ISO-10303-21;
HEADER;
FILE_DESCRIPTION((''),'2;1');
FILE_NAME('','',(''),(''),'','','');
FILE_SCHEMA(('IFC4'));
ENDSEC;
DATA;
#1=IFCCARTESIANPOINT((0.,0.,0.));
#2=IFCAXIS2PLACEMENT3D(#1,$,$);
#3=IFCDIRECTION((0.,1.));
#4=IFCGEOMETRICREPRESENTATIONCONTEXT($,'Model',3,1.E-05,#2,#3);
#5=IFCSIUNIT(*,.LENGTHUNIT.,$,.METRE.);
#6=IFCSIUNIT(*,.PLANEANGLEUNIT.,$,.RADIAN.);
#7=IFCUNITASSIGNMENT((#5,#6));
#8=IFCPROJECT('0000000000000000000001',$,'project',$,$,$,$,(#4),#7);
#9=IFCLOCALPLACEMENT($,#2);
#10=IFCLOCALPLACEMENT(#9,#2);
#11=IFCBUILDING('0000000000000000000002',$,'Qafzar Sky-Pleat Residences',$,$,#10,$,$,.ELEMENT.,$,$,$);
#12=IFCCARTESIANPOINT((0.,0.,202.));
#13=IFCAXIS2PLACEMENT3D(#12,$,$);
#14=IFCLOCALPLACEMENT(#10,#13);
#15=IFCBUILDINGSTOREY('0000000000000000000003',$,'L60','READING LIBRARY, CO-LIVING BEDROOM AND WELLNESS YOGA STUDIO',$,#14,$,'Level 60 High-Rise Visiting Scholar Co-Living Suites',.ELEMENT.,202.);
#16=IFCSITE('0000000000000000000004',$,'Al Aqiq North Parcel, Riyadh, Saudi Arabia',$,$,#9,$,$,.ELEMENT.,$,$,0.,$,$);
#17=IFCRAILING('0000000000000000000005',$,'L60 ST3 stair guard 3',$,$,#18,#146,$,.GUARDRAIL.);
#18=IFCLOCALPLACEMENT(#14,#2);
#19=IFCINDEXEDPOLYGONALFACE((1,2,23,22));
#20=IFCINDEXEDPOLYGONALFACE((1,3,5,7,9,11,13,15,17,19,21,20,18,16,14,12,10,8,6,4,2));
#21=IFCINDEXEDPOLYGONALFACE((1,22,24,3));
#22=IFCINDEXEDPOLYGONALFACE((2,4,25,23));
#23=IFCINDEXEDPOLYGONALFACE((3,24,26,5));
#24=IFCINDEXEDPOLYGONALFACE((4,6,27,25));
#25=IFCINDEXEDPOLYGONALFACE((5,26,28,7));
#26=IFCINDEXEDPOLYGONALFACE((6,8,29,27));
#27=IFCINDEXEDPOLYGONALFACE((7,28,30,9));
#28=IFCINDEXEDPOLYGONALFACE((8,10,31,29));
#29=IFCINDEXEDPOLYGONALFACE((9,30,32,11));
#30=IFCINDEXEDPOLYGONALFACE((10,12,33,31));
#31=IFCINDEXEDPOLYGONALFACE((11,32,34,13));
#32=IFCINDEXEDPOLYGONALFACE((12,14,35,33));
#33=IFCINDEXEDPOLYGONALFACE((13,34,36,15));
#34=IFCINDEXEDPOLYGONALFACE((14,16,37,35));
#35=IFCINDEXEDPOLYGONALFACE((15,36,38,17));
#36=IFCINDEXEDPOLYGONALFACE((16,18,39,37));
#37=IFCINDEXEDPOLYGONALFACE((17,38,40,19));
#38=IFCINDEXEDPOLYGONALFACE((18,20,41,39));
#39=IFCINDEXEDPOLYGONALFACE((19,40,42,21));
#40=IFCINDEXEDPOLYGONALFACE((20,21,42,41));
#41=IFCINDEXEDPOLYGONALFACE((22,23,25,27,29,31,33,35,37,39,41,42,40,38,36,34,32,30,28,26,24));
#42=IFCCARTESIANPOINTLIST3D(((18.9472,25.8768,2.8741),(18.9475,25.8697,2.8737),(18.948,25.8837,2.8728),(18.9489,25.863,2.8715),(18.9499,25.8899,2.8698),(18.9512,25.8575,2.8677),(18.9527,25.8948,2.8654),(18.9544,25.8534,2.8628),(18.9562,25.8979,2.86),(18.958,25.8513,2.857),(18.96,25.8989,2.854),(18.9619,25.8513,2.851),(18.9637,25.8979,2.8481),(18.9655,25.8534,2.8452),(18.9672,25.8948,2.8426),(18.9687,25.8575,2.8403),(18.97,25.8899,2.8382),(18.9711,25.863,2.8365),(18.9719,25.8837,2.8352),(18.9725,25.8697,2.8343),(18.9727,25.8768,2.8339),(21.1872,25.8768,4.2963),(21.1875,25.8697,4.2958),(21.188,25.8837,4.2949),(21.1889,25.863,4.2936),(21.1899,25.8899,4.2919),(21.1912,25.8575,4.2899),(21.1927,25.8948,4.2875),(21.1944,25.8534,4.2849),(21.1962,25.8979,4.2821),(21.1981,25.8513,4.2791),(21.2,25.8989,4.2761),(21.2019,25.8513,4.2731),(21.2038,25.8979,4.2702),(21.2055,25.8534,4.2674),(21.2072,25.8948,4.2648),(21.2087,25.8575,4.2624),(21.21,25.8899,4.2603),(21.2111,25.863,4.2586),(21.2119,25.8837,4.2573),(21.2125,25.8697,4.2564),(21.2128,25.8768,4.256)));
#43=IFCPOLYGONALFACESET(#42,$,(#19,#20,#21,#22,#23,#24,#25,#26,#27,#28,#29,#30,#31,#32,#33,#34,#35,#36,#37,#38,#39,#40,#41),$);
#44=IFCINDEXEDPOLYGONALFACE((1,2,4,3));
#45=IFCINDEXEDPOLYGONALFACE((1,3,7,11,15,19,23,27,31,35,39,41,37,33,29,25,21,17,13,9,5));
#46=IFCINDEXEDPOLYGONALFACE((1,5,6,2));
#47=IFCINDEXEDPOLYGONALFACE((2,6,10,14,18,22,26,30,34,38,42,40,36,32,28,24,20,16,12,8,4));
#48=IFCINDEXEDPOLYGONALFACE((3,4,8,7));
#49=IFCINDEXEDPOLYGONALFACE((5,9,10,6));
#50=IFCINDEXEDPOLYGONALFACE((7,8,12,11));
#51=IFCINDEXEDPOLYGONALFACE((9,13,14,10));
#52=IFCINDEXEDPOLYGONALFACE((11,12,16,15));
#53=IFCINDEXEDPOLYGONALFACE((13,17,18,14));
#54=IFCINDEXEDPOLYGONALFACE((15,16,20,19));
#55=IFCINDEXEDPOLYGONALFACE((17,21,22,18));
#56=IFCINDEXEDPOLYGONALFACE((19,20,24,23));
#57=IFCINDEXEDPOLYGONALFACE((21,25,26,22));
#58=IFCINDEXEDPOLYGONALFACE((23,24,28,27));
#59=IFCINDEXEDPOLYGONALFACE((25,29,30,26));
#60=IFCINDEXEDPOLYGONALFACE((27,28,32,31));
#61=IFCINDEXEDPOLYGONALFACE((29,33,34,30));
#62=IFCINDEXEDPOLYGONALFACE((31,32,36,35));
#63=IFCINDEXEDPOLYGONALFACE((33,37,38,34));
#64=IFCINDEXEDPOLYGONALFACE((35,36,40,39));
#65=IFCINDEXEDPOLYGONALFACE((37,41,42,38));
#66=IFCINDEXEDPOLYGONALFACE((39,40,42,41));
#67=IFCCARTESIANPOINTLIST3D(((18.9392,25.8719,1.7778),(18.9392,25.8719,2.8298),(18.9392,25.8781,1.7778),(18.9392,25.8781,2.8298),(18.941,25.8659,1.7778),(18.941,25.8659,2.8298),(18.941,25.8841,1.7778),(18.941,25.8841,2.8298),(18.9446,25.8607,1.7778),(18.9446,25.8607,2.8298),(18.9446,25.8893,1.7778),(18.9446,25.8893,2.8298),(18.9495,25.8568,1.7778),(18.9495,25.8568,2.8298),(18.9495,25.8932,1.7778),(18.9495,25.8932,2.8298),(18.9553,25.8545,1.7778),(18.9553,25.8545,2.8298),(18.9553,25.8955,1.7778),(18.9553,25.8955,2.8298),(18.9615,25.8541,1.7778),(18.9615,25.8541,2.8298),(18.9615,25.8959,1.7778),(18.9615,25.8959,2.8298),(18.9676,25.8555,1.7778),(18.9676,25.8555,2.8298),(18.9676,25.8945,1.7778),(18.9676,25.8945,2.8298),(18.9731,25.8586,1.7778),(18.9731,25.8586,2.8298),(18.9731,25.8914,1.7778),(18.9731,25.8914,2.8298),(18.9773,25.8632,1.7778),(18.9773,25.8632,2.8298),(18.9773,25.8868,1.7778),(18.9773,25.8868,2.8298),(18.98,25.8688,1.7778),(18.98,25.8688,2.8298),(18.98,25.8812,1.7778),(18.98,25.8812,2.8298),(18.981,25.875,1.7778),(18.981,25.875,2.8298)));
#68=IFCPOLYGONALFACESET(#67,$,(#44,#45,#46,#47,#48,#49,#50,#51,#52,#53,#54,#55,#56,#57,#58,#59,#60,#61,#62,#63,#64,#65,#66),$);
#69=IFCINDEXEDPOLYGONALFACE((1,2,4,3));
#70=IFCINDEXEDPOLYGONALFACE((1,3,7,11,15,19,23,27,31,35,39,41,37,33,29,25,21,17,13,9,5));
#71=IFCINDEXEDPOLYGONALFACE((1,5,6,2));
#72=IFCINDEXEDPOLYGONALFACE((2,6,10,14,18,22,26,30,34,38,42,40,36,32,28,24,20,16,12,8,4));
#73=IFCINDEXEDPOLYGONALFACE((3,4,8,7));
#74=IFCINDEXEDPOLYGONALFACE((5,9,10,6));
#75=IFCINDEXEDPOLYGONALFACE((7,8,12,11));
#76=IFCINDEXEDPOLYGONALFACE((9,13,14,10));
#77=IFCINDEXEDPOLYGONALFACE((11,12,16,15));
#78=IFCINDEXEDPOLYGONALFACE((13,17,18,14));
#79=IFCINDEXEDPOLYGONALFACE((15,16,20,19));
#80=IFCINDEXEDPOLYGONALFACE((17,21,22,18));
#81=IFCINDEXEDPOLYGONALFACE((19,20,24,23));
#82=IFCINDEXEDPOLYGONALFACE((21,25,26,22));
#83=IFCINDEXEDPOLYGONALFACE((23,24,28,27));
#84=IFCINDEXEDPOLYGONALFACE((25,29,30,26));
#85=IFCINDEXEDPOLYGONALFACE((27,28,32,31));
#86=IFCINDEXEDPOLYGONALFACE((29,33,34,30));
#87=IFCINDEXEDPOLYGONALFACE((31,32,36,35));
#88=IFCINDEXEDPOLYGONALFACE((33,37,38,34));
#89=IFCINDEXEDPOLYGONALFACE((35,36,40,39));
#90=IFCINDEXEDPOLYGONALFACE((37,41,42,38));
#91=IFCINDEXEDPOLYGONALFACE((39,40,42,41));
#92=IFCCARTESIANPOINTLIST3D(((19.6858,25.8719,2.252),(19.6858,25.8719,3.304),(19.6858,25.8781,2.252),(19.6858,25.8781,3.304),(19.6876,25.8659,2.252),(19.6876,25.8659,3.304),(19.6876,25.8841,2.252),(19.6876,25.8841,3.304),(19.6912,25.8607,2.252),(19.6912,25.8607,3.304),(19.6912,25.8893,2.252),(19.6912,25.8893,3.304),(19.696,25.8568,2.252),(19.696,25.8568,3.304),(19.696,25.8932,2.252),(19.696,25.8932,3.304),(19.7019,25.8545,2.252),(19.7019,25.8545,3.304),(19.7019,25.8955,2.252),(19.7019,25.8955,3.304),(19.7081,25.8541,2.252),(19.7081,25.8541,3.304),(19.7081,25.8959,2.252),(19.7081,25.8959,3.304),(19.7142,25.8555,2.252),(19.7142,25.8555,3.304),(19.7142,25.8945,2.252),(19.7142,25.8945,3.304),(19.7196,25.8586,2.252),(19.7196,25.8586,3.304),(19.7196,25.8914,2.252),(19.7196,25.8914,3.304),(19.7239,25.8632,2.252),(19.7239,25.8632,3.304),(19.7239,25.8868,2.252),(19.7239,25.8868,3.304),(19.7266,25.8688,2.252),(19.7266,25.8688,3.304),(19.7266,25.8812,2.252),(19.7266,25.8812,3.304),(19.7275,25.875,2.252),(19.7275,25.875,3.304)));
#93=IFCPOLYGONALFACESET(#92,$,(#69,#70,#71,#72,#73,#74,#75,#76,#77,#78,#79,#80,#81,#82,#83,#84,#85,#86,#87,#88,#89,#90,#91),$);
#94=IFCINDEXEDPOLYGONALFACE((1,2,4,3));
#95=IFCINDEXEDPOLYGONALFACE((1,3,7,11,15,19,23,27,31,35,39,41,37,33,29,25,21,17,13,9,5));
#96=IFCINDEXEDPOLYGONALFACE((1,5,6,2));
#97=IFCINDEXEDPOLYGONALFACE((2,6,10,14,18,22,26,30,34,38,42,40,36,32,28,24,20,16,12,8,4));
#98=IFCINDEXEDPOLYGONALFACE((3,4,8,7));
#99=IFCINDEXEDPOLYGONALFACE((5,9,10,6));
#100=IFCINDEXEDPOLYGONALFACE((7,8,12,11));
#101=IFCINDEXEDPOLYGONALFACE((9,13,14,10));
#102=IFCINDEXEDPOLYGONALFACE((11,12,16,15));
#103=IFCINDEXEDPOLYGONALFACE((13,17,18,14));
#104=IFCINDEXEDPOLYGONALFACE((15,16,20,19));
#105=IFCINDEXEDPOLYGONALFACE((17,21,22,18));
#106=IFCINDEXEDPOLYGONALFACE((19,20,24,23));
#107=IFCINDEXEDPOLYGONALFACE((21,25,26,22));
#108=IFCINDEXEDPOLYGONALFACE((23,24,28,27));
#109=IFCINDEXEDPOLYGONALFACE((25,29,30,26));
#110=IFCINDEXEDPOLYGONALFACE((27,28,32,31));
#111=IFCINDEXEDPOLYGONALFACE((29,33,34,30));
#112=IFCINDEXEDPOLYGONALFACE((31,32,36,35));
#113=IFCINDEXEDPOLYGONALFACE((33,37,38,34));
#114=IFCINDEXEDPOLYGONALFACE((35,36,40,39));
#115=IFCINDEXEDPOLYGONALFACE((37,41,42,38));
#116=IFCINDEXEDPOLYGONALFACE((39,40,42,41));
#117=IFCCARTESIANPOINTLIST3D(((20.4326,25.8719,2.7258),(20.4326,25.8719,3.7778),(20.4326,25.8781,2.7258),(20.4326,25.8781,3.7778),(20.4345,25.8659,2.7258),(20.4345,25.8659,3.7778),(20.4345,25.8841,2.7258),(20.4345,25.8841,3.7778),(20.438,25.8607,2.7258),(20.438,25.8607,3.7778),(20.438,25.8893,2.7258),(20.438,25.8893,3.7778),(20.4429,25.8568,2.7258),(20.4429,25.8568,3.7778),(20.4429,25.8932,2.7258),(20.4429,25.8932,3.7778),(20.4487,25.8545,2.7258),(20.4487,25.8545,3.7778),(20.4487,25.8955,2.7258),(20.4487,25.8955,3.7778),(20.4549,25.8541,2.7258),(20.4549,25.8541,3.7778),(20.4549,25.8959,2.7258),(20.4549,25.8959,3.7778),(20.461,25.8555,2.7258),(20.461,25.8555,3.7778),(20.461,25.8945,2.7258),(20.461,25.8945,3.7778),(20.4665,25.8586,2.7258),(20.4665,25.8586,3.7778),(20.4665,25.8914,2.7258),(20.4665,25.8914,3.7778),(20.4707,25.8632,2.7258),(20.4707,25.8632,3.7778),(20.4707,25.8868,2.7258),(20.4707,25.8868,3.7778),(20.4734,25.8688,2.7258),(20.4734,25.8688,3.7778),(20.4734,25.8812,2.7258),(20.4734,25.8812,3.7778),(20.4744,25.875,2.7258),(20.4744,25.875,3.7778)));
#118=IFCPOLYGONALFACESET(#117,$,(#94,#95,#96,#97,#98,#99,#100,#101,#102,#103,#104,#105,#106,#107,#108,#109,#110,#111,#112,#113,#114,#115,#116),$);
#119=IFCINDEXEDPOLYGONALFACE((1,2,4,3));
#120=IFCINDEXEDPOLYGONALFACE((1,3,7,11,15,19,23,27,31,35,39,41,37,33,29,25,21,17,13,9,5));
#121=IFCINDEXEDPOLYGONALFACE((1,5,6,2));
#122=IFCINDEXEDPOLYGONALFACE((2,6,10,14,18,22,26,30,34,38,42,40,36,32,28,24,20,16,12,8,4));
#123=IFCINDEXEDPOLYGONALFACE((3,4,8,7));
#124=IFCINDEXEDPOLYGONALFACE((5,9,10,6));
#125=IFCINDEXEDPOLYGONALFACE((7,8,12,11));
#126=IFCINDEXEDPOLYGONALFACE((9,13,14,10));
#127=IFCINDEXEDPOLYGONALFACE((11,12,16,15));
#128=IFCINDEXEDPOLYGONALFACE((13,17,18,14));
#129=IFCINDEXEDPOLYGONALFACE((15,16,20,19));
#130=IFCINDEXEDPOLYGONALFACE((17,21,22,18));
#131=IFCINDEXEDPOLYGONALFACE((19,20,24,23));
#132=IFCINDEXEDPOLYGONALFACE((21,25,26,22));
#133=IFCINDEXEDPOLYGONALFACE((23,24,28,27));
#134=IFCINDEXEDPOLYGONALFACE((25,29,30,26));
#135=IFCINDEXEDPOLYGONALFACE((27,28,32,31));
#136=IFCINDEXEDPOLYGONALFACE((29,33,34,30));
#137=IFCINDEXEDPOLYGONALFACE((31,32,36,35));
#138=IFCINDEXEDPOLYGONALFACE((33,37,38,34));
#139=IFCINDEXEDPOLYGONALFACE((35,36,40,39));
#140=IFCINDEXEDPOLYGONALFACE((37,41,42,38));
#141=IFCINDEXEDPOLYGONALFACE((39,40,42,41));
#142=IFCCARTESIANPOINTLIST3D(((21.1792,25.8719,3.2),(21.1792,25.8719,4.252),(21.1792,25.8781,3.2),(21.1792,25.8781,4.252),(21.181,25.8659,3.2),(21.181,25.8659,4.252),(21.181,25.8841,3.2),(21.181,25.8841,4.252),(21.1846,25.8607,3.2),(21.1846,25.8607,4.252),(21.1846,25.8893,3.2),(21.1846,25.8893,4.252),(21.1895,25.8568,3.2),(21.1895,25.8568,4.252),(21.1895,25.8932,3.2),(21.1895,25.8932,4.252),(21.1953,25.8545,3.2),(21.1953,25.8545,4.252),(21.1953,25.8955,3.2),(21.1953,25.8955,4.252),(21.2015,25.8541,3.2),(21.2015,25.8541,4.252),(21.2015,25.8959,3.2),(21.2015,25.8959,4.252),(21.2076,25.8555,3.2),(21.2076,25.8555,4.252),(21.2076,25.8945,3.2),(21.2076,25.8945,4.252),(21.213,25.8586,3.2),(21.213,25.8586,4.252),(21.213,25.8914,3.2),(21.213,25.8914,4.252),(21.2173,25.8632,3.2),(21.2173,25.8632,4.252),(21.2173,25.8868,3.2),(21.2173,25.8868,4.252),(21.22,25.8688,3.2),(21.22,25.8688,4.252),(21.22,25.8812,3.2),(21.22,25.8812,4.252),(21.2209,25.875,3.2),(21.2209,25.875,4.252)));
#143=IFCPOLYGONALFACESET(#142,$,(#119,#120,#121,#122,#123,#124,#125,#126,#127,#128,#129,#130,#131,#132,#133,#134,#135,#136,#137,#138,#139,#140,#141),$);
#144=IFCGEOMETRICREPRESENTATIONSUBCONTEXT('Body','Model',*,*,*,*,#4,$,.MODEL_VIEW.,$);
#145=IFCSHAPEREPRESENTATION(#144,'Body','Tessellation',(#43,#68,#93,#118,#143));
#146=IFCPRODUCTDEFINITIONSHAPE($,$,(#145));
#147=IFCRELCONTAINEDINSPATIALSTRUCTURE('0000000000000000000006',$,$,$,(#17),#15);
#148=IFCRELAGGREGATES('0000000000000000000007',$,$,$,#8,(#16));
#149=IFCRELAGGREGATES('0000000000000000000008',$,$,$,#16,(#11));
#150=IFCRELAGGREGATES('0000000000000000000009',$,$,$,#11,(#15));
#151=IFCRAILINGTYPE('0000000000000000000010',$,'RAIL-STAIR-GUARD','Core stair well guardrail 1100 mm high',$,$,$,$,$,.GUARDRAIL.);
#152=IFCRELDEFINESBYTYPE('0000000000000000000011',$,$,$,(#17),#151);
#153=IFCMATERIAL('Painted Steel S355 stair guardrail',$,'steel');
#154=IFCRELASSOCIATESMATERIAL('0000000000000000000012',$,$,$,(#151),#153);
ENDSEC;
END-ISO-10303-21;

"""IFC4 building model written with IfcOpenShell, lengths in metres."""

from ifc_helpers import new_model, si_unit, direction, frame, origin, origin_2d, place, context, subcontext, project, spatial, circle, extrude, source, transform, mapped, material, type_object, element, save


model = new_model("IFC4")

# Units and contexts
model_context = context("Model", 3, precision=1e-05, world=origin(), true_north=direction((0.0, 1.0)))
body_context = subcontext(model_context, "Body", "Model", "MODEL_VIEW")
ifc_project = project(units=[si_unit("LENGTHUNIT", "METRE"), si_unit("PLANEANGLEUNIT", "RADIAN")], contexts=[model_context])

# Site, building, storey
site_placement = place(None, origin())
site = spatial("IfcSite", under=ifc_project, at=site_placement, Name="Al Aqiq North Parcel, Riyadh, Saudi Arabia", CompositionType="ELEMENT", RefElevation=0.0)
building_placement = place(site_placement, origin())
building = spatial("IfcBuilding", under=site, at=building_placement, Name="Qafzar Sky-Pleat Residences", CompositionType="ELEMENT")
storey_placement = place(building_placement, frame((0.0, 0.0, 202.0)))
storey = spatial("IfcBuildingStorey", under=building, at=storey_placement, Name="L60", Description="READING LIBRARY, CO-LIVING BEDROOM AND WELLNESS YOGA STUDIO", LongName="Level 60 High-Rise Visiting Scholar Co-Living Suites", CompositionType="ELEMENT", Elevation=202.0)

# Railing
ifc_material_1 = material(Name="Painted Steel S355 stair guardrail", Category="steel")
railing_type_1 = type_object("IfcRailingType", Name="RAIL-STAIR-GUARD", Description="Core stair well guardrail 1100 mm high", PredefinedType="GUARDRAIL", material=ifc_material_1)
shared_shape_1 = source(origin(), body_context, "Body", "SweptSolid", [
    extrude(circle(Radius=0.0239, at=origin_2d()), frame((0.0, 0.0, 1.0762), z_axis=(0.844229, 0.0, 0.535982), x_axis=(0.0, 1.0, 0.0)), (0.0, 0.0, 1.0), 2.6533),
    extrude(circle(Radius=0.021, at=origin_2d()), origin(), (0.0, 0.0, 1.0), 1.052),
    extrude(circle(Radius=0.021, at=origin_2d()), frame((0.7466, 0.0, 0.4741)), (0.0, 0.0, 1.0), 1.052),
    extrude(circle(Radius=0.021, at=origin_2d()), frame((1.4934, 0.0, 0.948)), (0.0, 0.0, 1.0), 1.052),
    extrude(circle(Radius=0.021, at=origin_2d()), frame((2.24, 0.0, 1.4221)), (0.0, 0.0, 1.0), 1.052),
])
railing_1_placement = place(storey_placement, frame((18.96, 25.875, 1.7778)))
element("IfcRailing", 1, at=railing_1_placement, inside=storey, type_object=railing_type_1, Name="L60 ST3 stair guard 3", PredefinedType="GUARDRAIL", context=body_context, shape_type="MappedRepresentation", body=[
    mapped(shared_shape_1, transform((0.0, 0.0, 0.0), x_axis=(1.0, 0.0, 0.0), y_axis=(0.0, 1.0, 0.0), z_axis=(0.0, 0.0, 1.0), scale=1.0)),
])

save(model, "model.ifc")
